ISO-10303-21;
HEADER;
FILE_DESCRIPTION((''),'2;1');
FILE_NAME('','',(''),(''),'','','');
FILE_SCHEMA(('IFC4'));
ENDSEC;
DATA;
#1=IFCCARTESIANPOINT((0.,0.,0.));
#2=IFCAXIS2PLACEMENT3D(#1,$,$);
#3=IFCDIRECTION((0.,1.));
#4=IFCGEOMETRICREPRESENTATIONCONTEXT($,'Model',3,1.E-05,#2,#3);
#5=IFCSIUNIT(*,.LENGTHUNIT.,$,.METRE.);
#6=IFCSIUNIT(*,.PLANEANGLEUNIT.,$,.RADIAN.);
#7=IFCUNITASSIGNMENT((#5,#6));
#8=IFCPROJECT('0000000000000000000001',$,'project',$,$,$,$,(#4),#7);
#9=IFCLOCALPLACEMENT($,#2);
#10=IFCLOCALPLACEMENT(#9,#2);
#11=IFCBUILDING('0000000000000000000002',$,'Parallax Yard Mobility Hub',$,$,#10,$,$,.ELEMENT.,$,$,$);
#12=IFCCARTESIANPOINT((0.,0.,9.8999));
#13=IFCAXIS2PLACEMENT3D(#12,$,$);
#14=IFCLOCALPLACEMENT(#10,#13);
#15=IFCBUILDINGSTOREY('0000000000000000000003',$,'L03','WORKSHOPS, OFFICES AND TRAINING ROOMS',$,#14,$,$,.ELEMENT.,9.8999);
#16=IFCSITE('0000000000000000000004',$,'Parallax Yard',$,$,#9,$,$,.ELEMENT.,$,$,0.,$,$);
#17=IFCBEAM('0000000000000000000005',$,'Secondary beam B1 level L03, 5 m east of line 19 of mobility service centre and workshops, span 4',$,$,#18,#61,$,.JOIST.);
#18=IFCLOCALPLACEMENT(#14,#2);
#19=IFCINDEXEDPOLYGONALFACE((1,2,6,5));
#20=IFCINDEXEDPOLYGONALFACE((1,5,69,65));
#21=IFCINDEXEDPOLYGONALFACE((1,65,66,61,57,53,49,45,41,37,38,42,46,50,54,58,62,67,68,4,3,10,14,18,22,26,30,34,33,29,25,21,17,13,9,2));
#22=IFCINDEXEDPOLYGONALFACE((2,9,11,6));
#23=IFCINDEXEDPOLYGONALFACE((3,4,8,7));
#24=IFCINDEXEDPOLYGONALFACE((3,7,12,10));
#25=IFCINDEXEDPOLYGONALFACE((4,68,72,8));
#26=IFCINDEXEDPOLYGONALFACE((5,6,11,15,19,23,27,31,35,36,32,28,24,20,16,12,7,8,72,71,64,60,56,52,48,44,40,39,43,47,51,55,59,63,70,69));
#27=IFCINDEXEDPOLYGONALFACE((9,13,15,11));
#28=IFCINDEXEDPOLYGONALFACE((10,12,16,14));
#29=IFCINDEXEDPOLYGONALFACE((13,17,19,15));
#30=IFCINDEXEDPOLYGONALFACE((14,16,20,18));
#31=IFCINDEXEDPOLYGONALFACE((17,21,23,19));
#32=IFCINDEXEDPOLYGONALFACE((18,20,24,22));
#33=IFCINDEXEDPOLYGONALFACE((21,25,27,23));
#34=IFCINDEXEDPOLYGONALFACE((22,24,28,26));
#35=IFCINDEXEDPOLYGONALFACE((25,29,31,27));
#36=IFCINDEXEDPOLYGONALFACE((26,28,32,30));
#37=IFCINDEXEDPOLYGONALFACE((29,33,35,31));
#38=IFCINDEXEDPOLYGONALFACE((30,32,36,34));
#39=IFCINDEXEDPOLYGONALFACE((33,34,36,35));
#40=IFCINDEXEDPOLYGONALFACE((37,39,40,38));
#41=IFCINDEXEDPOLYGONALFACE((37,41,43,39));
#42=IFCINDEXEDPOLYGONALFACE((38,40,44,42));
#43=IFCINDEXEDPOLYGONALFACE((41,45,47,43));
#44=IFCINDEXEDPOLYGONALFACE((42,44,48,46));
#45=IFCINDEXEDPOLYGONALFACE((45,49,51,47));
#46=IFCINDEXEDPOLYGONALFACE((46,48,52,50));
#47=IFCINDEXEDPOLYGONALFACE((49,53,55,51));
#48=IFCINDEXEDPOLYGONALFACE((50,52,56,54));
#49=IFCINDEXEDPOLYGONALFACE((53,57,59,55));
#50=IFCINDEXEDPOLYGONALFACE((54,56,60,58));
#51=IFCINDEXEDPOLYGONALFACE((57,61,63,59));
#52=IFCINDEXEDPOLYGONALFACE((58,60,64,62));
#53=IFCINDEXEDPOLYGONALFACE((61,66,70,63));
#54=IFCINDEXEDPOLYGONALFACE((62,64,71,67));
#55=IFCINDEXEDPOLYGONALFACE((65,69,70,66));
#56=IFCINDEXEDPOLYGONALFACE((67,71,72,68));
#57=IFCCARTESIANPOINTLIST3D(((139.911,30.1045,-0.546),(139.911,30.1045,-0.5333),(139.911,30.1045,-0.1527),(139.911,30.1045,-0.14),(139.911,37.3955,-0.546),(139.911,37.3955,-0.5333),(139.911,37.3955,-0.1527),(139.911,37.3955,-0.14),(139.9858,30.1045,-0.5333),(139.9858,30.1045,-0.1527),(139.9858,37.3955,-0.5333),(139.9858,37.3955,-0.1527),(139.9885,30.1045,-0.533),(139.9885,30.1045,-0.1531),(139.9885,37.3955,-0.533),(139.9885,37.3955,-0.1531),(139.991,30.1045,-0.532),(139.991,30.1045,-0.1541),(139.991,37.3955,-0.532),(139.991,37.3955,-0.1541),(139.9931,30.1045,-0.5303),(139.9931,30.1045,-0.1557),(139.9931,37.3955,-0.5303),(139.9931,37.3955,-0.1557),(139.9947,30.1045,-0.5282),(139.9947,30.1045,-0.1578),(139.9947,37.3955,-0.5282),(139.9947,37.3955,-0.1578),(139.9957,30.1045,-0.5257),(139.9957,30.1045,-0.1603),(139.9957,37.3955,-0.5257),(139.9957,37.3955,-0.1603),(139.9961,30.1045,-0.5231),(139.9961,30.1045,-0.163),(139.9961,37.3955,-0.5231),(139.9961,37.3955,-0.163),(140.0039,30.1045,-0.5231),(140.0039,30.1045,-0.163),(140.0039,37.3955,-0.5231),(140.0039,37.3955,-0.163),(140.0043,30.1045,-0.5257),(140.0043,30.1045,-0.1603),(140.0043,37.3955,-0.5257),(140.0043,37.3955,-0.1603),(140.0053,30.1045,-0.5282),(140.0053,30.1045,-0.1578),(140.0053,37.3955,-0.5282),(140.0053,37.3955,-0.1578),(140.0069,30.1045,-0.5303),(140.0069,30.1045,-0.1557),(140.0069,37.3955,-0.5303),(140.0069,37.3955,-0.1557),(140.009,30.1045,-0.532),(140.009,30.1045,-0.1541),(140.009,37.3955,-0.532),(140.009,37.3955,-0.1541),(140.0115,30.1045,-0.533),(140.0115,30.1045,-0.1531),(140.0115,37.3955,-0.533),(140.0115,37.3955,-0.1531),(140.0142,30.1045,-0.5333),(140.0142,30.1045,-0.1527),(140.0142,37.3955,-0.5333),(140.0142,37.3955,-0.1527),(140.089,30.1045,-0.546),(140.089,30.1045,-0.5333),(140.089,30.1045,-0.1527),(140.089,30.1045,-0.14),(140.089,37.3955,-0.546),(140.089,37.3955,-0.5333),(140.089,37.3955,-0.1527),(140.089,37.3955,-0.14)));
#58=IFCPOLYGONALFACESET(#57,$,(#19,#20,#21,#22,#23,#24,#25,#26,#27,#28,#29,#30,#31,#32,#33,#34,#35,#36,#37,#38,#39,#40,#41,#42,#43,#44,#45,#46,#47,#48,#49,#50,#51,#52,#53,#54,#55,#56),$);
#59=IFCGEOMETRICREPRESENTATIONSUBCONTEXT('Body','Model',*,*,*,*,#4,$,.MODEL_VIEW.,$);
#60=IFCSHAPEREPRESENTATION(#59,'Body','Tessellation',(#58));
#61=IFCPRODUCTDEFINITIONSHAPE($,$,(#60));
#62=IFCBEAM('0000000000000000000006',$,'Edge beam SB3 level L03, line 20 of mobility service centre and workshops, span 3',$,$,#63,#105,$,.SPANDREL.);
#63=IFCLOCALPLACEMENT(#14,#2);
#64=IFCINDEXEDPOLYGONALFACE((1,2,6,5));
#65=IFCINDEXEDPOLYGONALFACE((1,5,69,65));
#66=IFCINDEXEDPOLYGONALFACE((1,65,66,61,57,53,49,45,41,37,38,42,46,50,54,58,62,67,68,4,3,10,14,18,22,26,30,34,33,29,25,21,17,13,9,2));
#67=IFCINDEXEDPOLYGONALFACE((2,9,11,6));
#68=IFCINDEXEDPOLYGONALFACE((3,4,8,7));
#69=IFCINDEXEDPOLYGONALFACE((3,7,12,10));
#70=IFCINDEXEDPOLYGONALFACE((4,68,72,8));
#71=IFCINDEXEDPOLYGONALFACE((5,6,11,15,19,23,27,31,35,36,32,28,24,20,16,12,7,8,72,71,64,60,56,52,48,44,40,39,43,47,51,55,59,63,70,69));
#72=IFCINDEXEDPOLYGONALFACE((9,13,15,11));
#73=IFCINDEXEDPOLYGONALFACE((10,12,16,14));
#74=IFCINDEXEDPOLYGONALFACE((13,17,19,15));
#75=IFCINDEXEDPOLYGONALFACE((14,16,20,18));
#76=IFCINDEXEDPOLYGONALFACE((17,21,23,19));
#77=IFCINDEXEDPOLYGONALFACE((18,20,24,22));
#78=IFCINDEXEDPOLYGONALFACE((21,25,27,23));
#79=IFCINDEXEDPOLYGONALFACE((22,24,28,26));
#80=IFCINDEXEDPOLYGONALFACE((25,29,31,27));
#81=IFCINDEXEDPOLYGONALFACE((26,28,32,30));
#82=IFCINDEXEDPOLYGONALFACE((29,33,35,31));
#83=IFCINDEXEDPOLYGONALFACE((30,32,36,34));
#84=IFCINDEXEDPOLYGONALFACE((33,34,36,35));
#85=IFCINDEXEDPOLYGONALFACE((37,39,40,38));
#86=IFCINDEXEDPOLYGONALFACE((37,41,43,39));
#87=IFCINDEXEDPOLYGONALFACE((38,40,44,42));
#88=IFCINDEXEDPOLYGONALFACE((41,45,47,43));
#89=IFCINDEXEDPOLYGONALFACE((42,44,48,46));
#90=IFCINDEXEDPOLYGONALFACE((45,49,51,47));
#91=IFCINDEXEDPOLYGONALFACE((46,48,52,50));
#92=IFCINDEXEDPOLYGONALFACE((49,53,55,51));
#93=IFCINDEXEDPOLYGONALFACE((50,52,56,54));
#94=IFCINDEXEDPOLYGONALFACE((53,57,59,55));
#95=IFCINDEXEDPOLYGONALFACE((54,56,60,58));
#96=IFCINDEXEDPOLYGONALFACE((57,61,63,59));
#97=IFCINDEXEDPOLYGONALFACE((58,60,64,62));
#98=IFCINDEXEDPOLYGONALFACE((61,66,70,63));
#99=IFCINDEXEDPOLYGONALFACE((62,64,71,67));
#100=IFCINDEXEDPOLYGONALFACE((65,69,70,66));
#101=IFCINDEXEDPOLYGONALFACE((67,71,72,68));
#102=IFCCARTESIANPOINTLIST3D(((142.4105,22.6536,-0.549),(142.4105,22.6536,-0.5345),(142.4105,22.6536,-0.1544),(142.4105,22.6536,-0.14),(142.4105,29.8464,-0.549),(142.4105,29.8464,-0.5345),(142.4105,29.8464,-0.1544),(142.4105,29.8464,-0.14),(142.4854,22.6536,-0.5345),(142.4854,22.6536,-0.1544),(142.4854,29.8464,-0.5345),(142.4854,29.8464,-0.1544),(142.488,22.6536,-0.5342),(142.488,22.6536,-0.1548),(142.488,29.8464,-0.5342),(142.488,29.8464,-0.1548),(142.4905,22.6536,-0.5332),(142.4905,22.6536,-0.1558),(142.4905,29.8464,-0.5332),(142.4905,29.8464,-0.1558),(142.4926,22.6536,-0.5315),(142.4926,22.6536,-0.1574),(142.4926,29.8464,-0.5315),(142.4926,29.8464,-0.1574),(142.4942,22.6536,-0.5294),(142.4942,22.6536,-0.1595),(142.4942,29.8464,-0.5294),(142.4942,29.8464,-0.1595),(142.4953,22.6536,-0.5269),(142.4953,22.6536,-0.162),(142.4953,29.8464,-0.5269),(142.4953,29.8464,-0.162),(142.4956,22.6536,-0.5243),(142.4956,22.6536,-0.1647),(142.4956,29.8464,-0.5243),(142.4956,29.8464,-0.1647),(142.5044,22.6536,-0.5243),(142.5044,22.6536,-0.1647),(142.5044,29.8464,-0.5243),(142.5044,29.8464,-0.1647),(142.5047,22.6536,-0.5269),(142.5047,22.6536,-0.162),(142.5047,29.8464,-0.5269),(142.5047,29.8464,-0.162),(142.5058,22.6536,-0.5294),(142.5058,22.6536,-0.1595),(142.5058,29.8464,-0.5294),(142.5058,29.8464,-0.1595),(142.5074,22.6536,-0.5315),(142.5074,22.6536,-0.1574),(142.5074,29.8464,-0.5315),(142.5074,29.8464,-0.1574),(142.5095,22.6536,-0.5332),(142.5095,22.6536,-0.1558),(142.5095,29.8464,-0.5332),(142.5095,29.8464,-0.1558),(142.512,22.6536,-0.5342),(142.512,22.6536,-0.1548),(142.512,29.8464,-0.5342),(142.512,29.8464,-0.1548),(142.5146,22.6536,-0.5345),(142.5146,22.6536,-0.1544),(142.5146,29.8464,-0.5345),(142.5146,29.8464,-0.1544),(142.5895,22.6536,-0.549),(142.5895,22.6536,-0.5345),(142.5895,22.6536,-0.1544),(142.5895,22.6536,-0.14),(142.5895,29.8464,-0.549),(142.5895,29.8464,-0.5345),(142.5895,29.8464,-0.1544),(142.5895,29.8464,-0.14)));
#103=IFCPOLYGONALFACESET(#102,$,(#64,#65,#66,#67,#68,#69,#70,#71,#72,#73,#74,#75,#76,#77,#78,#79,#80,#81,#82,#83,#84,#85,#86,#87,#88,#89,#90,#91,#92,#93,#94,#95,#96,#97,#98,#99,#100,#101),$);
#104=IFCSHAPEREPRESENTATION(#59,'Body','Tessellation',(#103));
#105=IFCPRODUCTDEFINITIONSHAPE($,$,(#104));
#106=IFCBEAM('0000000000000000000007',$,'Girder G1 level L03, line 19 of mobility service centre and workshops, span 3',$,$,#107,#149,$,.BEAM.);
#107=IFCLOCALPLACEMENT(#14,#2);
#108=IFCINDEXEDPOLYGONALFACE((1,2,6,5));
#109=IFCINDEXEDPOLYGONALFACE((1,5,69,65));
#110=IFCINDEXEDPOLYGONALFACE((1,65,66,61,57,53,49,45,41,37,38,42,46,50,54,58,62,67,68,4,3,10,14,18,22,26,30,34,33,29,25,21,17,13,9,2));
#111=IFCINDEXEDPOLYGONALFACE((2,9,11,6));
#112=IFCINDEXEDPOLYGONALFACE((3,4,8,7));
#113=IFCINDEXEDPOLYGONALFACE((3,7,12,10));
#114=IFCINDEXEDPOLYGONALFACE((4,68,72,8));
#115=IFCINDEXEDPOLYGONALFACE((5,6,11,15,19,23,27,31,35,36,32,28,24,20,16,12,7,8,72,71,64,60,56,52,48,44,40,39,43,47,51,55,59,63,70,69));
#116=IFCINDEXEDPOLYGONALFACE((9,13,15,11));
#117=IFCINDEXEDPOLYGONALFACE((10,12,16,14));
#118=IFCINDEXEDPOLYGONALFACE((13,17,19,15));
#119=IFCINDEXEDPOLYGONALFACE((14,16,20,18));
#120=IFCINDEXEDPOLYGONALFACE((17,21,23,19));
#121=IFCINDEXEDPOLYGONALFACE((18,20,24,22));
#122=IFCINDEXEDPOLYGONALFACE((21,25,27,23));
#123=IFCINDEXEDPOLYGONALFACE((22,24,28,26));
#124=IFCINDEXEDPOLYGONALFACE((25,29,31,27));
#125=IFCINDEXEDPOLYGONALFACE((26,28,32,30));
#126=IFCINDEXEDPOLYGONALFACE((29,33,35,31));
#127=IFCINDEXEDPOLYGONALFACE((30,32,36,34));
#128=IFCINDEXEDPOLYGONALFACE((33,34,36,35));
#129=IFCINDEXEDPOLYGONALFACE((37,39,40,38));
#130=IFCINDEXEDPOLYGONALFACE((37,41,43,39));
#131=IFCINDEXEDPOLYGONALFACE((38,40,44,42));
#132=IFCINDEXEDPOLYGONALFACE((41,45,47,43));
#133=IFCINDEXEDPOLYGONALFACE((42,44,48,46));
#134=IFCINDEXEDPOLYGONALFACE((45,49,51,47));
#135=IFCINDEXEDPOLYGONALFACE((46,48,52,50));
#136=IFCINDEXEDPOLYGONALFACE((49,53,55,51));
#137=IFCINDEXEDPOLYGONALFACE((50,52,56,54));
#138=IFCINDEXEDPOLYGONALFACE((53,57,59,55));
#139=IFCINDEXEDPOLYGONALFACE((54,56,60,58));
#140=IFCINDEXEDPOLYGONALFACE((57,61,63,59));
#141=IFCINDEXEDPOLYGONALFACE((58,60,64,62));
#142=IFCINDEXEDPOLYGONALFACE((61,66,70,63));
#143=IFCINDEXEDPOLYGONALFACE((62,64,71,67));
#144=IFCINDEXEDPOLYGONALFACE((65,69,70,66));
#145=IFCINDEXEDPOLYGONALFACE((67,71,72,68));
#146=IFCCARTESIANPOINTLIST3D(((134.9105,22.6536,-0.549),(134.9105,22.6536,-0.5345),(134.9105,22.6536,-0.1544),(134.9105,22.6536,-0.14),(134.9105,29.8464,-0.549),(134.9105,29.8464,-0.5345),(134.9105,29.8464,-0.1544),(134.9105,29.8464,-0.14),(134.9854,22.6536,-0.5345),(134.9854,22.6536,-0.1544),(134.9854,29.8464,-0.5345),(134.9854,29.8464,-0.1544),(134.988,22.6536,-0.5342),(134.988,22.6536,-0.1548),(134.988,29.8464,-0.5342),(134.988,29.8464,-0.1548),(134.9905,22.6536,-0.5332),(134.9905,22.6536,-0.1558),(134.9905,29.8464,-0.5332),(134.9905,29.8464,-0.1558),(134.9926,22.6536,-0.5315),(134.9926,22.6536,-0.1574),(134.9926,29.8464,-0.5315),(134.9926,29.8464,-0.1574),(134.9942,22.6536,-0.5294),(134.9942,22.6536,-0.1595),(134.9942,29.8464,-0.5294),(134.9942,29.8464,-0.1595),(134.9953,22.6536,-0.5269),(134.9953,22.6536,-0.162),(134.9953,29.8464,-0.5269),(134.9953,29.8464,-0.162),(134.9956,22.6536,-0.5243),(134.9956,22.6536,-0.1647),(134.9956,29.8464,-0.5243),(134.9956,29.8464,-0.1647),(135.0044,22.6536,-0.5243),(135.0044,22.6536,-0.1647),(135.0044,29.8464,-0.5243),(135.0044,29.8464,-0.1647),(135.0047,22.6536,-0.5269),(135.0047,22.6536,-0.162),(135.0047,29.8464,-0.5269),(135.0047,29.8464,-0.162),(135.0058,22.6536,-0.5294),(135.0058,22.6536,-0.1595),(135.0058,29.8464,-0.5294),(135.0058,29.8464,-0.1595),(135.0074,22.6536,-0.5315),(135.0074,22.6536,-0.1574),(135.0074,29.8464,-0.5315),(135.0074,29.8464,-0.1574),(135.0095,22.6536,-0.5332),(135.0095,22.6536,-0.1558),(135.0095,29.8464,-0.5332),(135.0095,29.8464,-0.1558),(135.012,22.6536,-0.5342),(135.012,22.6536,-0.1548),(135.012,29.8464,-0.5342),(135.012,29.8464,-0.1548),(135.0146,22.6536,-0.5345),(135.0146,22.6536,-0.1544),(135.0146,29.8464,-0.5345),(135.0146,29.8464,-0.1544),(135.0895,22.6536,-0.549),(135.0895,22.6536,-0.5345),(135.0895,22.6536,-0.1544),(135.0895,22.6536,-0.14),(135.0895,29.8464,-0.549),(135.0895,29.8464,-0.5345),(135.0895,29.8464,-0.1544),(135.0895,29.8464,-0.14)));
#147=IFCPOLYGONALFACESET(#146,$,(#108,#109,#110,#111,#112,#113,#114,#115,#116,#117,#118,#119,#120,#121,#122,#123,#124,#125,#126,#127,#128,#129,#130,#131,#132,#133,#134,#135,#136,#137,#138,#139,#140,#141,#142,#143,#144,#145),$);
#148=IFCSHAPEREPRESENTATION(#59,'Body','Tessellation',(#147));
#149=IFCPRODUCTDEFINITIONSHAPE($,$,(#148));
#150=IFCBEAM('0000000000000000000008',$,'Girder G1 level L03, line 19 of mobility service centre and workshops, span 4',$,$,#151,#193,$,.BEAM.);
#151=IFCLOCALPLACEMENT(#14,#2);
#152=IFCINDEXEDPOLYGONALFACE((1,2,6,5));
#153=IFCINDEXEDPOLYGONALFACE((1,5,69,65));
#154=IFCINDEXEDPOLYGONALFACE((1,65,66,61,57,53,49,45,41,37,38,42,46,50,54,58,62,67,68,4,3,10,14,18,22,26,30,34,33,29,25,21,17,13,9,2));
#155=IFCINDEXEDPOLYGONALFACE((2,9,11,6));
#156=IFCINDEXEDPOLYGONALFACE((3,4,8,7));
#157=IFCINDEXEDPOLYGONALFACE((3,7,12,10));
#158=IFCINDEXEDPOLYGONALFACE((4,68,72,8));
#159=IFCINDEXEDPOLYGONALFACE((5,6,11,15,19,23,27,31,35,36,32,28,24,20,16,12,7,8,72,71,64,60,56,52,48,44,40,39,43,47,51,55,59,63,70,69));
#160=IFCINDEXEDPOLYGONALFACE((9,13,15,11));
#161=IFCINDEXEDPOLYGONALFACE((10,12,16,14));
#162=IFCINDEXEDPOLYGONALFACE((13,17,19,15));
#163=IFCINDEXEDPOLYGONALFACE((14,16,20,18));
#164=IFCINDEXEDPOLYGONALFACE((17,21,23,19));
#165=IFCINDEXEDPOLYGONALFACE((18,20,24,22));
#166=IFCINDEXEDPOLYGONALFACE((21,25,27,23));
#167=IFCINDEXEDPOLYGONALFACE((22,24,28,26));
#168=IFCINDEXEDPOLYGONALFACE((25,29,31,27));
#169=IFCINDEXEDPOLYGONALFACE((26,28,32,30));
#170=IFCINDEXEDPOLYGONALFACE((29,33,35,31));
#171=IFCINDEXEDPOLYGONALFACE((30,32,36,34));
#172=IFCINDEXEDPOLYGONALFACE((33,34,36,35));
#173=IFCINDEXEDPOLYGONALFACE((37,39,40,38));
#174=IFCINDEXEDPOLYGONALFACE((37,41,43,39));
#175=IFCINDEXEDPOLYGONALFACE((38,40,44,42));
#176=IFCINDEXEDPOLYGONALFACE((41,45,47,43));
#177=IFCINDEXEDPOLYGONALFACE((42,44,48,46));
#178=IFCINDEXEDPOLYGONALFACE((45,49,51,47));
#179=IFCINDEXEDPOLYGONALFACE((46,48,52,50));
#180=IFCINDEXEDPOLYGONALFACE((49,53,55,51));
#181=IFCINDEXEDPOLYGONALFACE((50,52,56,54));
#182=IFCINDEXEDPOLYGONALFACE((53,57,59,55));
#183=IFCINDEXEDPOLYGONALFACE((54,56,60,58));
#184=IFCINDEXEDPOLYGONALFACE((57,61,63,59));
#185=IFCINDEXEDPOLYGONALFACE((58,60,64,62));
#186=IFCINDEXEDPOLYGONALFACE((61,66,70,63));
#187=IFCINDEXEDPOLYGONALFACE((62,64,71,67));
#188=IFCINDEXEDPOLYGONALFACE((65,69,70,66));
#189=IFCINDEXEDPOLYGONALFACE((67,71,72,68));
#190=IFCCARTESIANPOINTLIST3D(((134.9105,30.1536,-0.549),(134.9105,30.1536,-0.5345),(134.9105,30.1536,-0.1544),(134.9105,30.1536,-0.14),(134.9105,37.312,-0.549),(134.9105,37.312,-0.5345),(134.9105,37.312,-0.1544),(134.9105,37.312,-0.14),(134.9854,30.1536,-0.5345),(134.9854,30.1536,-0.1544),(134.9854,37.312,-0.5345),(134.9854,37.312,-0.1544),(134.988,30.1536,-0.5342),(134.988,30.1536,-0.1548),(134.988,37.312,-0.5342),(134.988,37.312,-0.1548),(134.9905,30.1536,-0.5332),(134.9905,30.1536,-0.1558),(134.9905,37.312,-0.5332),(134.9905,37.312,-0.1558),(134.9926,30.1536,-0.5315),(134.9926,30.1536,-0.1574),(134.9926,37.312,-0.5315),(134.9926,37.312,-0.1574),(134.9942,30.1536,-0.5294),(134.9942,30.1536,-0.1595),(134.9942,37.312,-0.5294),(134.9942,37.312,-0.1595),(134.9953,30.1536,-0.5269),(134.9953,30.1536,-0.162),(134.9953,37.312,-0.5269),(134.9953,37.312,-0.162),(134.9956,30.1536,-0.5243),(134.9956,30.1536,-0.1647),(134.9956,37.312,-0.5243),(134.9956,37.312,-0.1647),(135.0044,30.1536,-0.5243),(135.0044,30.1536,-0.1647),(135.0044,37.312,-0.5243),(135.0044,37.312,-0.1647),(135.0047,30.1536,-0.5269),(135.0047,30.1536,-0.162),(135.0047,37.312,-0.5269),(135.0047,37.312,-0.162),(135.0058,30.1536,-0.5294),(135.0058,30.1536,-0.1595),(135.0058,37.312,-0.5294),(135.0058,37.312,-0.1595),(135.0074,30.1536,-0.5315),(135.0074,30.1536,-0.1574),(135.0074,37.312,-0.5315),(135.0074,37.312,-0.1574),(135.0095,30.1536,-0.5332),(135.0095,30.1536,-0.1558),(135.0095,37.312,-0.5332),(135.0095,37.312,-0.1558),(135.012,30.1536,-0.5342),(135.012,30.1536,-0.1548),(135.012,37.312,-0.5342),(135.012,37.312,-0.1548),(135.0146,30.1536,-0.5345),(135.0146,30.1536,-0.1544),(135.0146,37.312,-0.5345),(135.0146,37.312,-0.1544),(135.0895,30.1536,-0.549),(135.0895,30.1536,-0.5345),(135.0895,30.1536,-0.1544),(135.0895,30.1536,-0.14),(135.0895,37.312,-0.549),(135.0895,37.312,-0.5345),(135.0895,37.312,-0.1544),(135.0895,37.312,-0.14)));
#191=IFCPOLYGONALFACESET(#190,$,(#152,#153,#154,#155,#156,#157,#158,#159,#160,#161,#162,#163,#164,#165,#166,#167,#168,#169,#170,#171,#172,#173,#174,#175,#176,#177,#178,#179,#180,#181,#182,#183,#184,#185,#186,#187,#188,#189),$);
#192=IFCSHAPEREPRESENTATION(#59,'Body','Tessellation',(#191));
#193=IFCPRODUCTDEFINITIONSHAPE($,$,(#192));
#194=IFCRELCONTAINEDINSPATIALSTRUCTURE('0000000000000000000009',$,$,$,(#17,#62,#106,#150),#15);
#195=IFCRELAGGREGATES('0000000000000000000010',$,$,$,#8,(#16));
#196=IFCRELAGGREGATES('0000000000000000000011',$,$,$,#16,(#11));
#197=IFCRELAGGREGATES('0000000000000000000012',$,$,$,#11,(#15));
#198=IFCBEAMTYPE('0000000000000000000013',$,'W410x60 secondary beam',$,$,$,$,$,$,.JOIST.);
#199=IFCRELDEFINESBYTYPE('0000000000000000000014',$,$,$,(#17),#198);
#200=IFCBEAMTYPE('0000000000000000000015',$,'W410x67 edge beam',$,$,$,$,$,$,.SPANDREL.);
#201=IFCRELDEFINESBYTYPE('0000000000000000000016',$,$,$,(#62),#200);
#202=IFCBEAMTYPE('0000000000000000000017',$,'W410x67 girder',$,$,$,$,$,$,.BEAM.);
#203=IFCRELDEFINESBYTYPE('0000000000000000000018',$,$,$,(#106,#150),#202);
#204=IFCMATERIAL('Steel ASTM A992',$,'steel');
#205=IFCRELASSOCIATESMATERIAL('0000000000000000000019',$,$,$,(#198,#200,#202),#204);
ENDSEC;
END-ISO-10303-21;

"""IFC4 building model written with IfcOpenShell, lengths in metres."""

from ifc_helpers import new_model, si_unit, direction, frame, origin, origin_2d, place, context, subcontext, project, spatial, i_section, extrude, material, material_profile, profile_set, type_object, element, save


model = new_model("IFC4")

# Units and contexts
model_context = context("Model", 3, precision=1e-05, world=origin(), true_north=direction((0.0, 1.0)))
body_context = subcontext(model_context, "Body", "Model", "MODEL_VIEW")
ifc_project = project(units=[si_unit("LENGTHUNIT", "METRE"), si_unit("PLANEANGLEUNIT", "RADIAN")], contexts=[model_context])

# Site, building, storey
site_placement = place(None, origin())
site = spatial("IfcSite", under=ifc_project, at=site_placement, Name="Parallax Yard", CompositionType="ELEMENT", RefElevation=0.0)
building_placement = place(site_placement, origin())
building = spatial("IfcBuilding", under=site, at=building_placement, Name="Parallax Yard Mobility Hub", CompositionType="ELEMENT")
storey_placement = place(building_placement, frame((0.0, 0.0, 9.8999)))
storey = spatial("IfcBuildingStorey", under=building, at=storey_placement, Name="L03", Description="WORKSHOPS, OFFICES AND TRAINING ROOMS", CompositionType="ELEMENT", Elevation=9.8999)

# Shared definitions
ifc_material_1 = material(Name="Steel ASTM A992", Category="steel")

# Beams
ifc_material_profile_1 = material_profile(ifc_material_1, i_section(OverallWidth=0.178, OverallDepth=0.406, WebThickness=0.0078, FlangeThickness=0.0127, FilletRadius=0.0103, at=origin_2d()), Name="W410x60")
ifc_profile_set_1 = profile_set([ifc_material_profile_1], Name="Steel ASTM A992")
beam_type_1 = type_object("IfcBeamType", Name="W410x60 secondary beam", PredefinedType="JOIST", material=ifc_profile_set_1)
for number, where, z_axis, x_axis, name in (
    (1, (140.0, 30.1045, -0.343), (0.0, 1.0, 0.0), (-1.0, 0.0, 0.0), "Secondary beam B1 level L03, 5 m east of line 19 of mobility service centre and workshops, span 4"),
):
    element("IfcBeam", number, at=place(storey_placement, frame(where, z_axis=z_axis, x_axis=x_axis)), inside=storey, type_object=beam_type_1, Name=name, PredefinedType="JOIST", context=body_context, shape_type="SweptSolid", body=[
        extrude(i_section(OverallWidth=0.178, OverallDepth=0.406, WebThickness=0.0078, FlangeThickness=0.0127, FilletRadius=0.0103, at=origin_2d()), origin(), (0.0, 0.0, 1.0), 7.291),
    ])
ifc_material_profile_2 = material_profile(ifc_material_1, i_section(OverallWidth=0.179, OverallDepth=0.4089, WebThickness=0.0088, FlangeThickness=0.0144, FilletRadius=0.0103, at=origin_2d()), Name="W410x67")
ifc_profile_set_2 = profile_set([ifc_material_profile_2], Name="Steel ASTM A992")
beam_type_2 = type_object("IfcBeamType", Name="W410x67 edge beam", PredefinedType="SPANDREL", material=ifc_profile_set_2)
beam_1_placement = place(storey_placement, frame((142.5, 22.6536, -0.3445), z_axis=(0.0, 1.0, 0.0), x_axis=(-1.0, 0.0, 0.0)))
element("IfcBeam", 2, at=beam_1_placement, inside=storey, type_object=beam_type_2, Name="Edge beam SB3 level L03, line 20 of mobility service centre and workshops, span 3", PredefinedType="SPANDREL", context=body_context, shape_type="SweptSolid", body=[
    extrude(i_section(OverallWidth=0.179, OverallDepth=0.4089, WebThickness=0.0088, FlangeThickness=0.0144, FilletRadius=0.0103, at=origin_2d()), origin(), (0.0, 0.0, 1.0), 7.1929),
])
ifc_material_profile_3 = material_profile(ifc_material_1, i_section(OverallWidth=0.179, OverallDepth=0.4089, WebThickness=0.0088, FlangeThickness=0.0144, FilletRadius=0.0103, at=origin_2d()), Name="W410x67")
ifc_profile_set_3 = profile_set([ifc_material_profile_3], Name="Steel ASTM A992")
beam_type_3 = type_object("IfcBeamType", Name="W410x67 girder", PredefinedType="BEAM", material=ifc_profile_set_3)
beam_2_placement = place(storey_placement, frame((135.0, 22.6536, -0.3445), z_axis=(0.0, 1.0, 0.0), x_axis=(-1.0, 0.0, 0.0)))
element("IfcBeam", 3, at=beam_2_placement, inside=storey, type_object=beam_type_3, Name="Girder G1 level L03, line 19 of mobility service centre and workshops, span 3", PredefinedType="BEAM", context=body_context, shape_type="SweptSolid", body=[
    extrude(i_section(OverallWidth=0.179, OverallDepth=0.4089, WebThickness=0.0088, FlangeThickness=0.0144, FilletRadius=0.0103, at=origin_2d()), origin(), (0.0, 0.0, 1.0), 7.1929),
])
beam_3_placement = place(storey_placement, frame((135.0, 30.1536, -0.3445), z_axis=(0.0, 1.0, 0.0), x_axis=(-1.0, 0.0, 0.0)))
element("IfcBeam", 4, at=beam_3_placement, inside=storey, type_object=beam_type_3, Name="Girder G1 level L03, line 19 of mobility service centre and workshops, span 4", PredefinedType="BEAM", context=body_context, shape_type="SweptSolid", body=[
    extrude(i_section(OverallWidth=0.179, OverallDepth=0.4089, WebThickness=0.0088, FlangeThickness=0.0144, FilletRadius=0.0103, at=origin_2d()), origin(), (0.0, 0.0, 1.0), 7.1584),
])

save(model, "model.ifc")
